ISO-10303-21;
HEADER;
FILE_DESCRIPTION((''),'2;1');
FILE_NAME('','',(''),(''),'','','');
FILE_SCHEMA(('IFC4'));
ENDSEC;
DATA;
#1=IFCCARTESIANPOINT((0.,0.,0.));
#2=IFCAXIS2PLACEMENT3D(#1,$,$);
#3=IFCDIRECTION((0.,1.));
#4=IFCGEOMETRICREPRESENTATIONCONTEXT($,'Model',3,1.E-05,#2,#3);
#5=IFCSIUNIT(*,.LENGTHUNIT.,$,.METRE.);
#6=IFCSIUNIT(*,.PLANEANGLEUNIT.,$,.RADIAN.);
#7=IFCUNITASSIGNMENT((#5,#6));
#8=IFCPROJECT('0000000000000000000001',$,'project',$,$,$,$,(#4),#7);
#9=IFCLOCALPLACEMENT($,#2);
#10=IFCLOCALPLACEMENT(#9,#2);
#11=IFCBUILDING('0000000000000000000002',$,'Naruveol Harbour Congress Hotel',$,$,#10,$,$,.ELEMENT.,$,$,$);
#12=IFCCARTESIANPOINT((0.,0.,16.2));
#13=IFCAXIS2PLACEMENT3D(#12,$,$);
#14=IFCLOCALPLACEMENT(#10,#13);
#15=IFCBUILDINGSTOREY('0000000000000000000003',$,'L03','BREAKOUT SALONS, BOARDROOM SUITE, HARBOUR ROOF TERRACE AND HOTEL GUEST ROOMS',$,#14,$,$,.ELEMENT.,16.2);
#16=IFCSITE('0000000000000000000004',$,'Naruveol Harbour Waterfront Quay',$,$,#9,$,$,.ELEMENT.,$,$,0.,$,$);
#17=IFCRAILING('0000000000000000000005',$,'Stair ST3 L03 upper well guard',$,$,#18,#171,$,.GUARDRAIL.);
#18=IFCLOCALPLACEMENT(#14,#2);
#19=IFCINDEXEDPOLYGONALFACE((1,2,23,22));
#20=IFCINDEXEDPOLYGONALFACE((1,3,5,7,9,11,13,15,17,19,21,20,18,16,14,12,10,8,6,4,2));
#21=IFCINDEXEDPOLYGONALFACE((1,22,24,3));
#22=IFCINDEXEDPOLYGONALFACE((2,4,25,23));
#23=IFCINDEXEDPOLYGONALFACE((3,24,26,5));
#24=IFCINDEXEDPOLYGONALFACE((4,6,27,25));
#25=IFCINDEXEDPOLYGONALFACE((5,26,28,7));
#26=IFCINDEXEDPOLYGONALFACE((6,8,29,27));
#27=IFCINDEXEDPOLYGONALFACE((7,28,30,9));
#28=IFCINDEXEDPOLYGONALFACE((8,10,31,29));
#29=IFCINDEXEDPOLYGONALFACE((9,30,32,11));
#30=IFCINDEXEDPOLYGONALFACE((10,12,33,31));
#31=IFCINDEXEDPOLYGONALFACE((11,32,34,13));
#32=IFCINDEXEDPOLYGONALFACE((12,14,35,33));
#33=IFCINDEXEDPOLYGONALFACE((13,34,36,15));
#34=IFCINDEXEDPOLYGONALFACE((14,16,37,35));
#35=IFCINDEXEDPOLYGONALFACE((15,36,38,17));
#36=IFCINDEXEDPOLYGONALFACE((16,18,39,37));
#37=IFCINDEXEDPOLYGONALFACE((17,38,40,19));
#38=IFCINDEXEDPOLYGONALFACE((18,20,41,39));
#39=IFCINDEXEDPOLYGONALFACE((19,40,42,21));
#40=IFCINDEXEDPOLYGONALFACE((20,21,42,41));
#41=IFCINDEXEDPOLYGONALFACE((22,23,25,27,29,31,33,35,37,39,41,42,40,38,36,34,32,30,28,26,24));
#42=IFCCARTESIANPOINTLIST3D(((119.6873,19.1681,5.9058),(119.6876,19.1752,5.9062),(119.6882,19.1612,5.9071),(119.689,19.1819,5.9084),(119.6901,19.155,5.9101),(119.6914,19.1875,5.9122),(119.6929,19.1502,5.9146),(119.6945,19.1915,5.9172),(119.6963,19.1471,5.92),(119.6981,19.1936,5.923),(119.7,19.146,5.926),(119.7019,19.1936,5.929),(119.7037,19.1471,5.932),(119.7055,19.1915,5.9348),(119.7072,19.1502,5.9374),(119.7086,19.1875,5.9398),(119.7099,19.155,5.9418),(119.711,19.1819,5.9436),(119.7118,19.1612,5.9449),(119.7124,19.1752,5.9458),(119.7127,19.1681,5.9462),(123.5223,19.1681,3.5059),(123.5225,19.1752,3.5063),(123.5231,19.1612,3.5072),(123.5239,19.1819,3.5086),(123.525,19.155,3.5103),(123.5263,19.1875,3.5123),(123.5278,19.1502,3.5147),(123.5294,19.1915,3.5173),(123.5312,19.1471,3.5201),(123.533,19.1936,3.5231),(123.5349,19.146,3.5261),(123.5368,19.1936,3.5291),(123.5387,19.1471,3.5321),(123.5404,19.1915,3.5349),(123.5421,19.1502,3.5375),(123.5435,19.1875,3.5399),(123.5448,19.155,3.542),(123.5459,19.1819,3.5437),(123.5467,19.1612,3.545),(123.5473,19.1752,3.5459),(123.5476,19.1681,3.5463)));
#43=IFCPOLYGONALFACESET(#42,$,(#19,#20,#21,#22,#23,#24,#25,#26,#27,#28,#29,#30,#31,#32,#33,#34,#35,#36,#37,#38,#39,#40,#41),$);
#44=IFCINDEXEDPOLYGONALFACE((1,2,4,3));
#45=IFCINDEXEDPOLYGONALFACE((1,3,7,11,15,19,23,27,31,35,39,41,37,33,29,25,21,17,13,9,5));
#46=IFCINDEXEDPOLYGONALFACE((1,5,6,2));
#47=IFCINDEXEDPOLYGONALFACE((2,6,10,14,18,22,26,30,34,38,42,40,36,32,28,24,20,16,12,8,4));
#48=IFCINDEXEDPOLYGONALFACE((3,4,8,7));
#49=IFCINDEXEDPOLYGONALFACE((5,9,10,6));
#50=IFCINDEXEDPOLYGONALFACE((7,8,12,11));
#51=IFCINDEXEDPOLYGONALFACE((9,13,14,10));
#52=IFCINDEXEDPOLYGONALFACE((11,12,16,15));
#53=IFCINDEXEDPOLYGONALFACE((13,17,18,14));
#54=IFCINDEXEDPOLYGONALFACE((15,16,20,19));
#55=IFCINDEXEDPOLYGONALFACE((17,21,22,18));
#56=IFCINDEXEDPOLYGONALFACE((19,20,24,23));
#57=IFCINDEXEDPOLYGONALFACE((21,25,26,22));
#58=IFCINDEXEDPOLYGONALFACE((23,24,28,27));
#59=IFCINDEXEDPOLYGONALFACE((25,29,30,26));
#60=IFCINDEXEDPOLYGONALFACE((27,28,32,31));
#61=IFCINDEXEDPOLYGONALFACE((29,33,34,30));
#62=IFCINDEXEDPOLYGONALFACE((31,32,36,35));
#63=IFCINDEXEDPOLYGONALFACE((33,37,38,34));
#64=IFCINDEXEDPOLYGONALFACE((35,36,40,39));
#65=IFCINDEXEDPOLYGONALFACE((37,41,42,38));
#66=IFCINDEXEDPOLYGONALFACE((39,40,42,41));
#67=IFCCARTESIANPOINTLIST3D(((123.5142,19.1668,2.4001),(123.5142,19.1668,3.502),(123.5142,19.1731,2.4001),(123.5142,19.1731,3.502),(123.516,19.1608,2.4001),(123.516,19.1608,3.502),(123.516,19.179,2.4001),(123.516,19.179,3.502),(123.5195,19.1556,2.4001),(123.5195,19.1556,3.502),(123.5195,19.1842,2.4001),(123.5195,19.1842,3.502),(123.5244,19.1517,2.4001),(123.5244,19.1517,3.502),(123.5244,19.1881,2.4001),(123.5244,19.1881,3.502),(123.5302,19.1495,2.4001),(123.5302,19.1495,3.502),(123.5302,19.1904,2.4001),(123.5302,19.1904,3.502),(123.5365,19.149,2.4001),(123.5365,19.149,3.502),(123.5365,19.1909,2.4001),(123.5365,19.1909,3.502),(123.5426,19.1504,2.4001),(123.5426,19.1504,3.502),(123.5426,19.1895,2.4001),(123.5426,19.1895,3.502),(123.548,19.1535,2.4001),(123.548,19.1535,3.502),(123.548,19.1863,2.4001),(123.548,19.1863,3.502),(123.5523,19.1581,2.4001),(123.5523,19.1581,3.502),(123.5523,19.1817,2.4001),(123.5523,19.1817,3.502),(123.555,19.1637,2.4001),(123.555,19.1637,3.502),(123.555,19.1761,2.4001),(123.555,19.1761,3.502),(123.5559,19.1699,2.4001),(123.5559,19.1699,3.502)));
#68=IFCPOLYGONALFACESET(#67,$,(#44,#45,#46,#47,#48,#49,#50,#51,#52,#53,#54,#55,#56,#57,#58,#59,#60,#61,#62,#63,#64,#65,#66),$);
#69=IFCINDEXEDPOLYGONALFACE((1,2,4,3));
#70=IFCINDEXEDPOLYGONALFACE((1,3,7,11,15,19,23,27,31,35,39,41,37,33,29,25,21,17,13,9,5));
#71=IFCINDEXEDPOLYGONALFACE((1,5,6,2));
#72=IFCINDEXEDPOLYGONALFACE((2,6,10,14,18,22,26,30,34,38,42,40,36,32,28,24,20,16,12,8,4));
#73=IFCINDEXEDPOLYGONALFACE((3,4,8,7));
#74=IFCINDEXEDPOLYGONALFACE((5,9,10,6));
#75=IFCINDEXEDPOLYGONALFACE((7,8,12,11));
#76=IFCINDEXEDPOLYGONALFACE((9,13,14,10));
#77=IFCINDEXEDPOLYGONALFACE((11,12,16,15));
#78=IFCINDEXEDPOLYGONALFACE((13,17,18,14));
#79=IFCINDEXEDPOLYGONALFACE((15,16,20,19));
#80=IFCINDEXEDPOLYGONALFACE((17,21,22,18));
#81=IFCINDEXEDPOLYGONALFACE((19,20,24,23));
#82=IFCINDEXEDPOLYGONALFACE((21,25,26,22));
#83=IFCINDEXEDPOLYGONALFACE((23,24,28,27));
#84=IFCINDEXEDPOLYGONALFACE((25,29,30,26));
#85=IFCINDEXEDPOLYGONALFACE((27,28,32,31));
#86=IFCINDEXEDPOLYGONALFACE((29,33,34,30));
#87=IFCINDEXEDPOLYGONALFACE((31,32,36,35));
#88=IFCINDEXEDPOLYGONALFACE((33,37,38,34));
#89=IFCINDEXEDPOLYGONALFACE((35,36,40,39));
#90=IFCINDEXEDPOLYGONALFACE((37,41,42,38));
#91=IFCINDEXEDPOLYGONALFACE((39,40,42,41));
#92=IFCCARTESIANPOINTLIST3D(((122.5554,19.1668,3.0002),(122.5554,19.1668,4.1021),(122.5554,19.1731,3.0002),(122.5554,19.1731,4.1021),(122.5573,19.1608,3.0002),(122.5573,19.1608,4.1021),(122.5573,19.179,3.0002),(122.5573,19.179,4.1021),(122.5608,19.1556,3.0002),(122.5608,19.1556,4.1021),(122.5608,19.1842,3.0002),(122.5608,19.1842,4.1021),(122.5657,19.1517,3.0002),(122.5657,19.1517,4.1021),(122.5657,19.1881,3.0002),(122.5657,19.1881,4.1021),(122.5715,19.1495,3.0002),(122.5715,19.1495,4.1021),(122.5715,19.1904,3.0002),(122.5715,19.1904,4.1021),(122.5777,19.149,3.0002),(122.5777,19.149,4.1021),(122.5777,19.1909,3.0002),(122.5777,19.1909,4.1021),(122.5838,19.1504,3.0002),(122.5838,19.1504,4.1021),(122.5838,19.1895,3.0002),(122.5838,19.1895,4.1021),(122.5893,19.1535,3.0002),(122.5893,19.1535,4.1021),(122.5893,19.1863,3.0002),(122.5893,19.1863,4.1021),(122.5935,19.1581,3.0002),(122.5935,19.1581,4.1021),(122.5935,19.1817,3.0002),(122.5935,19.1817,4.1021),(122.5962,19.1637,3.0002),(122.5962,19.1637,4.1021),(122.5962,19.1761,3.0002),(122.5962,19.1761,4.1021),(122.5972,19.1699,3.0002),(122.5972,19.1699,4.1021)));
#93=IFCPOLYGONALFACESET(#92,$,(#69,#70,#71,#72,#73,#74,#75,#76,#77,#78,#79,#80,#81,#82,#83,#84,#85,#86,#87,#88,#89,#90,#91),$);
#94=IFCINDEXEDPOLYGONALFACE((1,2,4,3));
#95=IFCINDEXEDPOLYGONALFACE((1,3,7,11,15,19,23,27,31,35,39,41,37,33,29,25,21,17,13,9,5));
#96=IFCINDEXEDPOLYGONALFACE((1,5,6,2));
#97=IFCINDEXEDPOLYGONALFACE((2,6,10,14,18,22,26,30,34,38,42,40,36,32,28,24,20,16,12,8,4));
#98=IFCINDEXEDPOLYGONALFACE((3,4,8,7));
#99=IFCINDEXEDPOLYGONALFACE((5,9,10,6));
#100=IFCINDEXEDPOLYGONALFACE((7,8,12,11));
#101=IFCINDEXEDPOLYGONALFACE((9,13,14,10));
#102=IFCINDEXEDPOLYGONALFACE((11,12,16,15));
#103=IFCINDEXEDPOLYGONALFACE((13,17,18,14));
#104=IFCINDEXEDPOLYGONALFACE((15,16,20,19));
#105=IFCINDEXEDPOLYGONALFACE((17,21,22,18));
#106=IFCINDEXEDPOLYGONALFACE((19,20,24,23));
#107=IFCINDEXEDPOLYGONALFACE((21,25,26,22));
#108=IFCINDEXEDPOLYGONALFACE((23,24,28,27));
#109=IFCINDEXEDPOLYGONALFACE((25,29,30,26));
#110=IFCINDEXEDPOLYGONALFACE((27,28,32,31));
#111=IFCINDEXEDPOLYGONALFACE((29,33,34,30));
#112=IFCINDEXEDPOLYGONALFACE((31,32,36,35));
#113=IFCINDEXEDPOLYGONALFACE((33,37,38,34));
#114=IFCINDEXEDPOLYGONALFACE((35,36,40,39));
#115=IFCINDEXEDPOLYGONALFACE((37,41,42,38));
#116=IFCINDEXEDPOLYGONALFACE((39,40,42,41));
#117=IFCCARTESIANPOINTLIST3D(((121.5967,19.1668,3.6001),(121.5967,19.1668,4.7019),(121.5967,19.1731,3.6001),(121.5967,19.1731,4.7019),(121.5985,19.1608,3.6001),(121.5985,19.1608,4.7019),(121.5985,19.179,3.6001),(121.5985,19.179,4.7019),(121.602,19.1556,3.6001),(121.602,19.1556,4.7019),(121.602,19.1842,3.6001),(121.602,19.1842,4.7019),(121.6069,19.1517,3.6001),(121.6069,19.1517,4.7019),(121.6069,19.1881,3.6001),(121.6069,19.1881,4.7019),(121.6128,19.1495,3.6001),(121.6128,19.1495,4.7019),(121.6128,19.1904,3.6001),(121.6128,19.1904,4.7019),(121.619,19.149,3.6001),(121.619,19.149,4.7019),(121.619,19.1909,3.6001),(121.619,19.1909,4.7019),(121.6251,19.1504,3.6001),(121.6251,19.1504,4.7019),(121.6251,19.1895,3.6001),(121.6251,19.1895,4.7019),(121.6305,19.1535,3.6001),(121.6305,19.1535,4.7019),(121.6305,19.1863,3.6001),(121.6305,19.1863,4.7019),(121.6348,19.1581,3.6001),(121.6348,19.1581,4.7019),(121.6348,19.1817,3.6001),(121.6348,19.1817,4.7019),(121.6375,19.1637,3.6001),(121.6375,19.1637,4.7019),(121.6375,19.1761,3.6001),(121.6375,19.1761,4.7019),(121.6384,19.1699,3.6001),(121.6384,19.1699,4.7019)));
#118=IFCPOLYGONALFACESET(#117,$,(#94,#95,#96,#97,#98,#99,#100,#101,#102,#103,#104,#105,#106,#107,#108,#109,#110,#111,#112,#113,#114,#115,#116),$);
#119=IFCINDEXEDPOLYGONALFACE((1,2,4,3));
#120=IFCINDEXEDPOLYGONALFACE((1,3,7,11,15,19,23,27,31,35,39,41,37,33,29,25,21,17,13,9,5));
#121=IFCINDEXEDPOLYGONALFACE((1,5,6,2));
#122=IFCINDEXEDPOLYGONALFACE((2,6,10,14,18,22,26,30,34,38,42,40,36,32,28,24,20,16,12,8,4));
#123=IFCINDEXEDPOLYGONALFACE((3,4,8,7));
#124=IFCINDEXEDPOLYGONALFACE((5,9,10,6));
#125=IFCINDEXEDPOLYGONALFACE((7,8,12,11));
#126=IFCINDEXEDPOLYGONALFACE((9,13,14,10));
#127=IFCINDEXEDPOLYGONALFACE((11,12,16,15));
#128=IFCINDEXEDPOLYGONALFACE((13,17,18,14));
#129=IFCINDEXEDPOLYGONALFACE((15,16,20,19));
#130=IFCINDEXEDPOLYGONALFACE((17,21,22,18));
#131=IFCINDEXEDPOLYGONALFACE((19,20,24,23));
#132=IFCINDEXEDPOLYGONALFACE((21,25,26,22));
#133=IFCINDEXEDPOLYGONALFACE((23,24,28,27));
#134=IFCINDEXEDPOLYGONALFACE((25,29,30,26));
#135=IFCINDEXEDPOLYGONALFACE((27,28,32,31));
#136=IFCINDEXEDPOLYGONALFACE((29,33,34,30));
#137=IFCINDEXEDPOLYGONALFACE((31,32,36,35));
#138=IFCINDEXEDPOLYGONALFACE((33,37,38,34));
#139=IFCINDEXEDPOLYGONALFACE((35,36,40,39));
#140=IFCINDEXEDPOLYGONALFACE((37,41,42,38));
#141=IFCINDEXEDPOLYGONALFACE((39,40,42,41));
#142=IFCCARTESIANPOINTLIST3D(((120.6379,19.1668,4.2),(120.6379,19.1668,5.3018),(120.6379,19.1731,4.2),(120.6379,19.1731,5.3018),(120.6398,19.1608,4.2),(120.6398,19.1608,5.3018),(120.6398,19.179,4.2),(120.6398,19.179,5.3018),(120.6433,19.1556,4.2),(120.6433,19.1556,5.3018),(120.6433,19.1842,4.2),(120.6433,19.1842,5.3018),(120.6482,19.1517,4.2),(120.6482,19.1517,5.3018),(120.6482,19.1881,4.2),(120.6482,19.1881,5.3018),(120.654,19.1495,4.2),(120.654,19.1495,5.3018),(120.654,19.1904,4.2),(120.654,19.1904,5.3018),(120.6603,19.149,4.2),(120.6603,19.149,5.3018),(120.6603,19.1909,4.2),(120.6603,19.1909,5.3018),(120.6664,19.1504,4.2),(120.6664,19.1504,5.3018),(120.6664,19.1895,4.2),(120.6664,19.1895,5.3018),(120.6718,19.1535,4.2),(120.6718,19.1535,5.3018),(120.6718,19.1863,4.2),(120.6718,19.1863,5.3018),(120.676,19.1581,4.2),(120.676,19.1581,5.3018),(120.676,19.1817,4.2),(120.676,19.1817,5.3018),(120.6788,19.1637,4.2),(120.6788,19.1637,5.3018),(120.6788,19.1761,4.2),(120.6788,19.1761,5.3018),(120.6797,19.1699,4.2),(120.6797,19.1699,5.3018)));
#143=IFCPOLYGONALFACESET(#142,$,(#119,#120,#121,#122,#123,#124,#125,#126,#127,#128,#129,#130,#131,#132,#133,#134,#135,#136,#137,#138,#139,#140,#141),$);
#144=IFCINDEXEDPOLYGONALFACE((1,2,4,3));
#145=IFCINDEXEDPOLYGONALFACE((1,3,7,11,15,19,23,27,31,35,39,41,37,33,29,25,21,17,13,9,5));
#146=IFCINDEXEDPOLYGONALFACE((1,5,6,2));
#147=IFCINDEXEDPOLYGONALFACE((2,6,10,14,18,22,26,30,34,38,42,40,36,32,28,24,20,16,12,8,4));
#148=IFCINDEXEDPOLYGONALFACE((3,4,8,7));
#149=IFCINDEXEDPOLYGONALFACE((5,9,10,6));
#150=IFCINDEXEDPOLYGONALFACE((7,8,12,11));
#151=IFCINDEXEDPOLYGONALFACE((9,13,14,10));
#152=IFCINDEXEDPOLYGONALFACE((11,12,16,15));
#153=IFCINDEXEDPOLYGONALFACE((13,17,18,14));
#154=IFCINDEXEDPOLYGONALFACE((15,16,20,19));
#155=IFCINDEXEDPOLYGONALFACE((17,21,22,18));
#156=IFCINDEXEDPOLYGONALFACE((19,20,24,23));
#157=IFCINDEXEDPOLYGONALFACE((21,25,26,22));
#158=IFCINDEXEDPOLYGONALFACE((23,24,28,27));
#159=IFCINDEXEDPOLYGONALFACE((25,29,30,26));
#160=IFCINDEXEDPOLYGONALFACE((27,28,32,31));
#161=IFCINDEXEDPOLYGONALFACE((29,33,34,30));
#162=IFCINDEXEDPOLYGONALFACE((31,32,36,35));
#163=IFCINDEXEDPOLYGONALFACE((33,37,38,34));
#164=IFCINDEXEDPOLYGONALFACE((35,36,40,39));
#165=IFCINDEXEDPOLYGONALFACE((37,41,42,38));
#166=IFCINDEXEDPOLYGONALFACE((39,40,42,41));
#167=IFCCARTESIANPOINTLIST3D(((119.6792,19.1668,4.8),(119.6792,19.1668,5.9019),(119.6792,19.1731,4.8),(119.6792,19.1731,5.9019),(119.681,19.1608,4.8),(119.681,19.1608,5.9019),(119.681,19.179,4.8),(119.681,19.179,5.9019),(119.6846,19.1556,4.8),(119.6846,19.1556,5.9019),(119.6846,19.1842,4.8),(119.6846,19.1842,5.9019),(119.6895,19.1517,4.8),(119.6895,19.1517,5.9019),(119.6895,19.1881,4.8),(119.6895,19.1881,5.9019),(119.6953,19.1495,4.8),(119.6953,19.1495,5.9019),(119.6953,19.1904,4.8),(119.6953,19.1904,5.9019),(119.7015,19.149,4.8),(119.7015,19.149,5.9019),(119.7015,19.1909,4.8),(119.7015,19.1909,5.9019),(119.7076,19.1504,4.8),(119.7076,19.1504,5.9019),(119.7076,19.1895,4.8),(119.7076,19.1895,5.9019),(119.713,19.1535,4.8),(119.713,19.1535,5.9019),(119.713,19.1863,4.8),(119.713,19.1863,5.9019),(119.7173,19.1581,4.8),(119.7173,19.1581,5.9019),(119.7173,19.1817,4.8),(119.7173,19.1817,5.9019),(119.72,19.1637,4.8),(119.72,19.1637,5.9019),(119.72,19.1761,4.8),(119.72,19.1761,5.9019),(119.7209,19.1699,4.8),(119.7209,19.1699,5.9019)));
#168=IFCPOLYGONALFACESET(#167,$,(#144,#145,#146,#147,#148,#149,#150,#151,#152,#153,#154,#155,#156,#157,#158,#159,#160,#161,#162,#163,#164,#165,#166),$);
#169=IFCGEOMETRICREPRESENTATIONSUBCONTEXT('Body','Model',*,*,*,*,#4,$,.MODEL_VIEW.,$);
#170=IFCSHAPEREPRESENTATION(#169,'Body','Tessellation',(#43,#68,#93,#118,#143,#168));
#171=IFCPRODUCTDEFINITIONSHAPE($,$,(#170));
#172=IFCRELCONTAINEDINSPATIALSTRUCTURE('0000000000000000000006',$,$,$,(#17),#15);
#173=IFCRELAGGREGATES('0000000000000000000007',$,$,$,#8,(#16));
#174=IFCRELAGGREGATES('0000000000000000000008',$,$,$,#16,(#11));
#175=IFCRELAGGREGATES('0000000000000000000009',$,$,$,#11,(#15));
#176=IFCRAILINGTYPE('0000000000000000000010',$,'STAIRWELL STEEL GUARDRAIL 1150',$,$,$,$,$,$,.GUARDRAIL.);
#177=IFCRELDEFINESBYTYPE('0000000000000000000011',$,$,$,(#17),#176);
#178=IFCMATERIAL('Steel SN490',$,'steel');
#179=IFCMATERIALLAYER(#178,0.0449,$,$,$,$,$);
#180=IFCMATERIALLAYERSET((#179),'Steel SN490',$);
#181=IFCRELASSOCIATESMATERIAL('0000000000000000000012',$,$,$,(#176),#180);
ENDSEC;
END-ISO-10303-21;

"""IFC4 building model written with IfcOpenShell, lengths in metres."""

from ifc_helpers import new_model, si_unit, direction, frame, origin, origin_2d, place, context, subcontext, project, spatial, circle, extrude, material, layer, layer_set, type_object, element, save


model = new_model("IFC4")

# Units and contexts
model_context = context("Model", 3, precision=1e-05, world=origin(), true_north=direction((0.0, 1.0)))
body_context = subcontext(model_context, "Body", "Model", "MODEL_VIEW")
ifc_project = project(units=[si_unit("LENGTHUNIT", "METRE"), si_unit("PLANEANGLEUNIT", "RADIAN")], contexts=[model_context])

# Site, building, storey
site_placement = place(None, origin())
site = spatial("IfcSite", under=ifc_project, at=site_placement, Name="Naruveol Harbour Waterfront Quay", CompositionType="ELEMENT", RefElevation=0.0)
building_placement = place(site_placement, origin())
building = spatial("IfcBuilding", under=site, at=building_placement, Name="Naruveol Harbour Congress Hotel", CompositionType="ELEMENT")
storey_placement = place(building_placement, frame((0.0, 0.0, 16.2)))
storey = spatial("IfcBuildingStorey", under=building, at=storey_placement, Name="L03", Description="BREAKOUT SALONS, BOARDROOM SUITE, HARBOUR ROOF TERRACE AND HOTEL GUEST ROOMS", CompositionType="ELEMENT", Elevation=16.2)

# Railing
ifc_material_1 = material(Name="Steel SN490", Category="steel")
ifc_layer_1 = layer(ifc_material_1, 0.0449)
ifc_layer_set_1 = layer_set([ifc_layer_1], Name="Steel SN490")
railing_type_1 = type_object("IfcRailingType", Name="STAIRWELL STEEL GUARDRAIL 1150", PredefinedType="GUARDRAIL", material=ifc_layer_set_1)
railing_1_placement = place(storey_placement, frame((123.5349, 19.1699, 2.4001)))
element("IfcRailing", 1, at=railing_1_placement, inside=storey, type_object=railing_type_1, Name="Stair ST3 L03 upper well guard", PredefinedType="GUARDRAIL", context=body_context, shape_type="SweptSolid", body=[
    extrude(circle(Radius=0.0239, at=origin_2d()), frame((0.0, 0.0, 1.126), z_axis=(-0.847695, 0.0, 0.530484), x_axis=(0.0, -1.0, 0.0)), (0.0, 0.0, 1.0), 4.5239),
    extrude(circle(Radius=0.021, at=origin_2d()), origin(), (0.0, 0.0, 1.0), 1.1018),
    extrude(circle(Radius=0.021, at=origin_2d()), frame((-0.9587, 0.0, 0.6001)), (0.0, 0.0, 1.0), 1.1018),
    extrude(circle(Radius=0.021, at=origin_2d()), frame((-1.9175, 0.0, 1.2)), (0.0, 0.0, 1.0), 1.1018),
    extrude(circle(Radius=0.021, at=origin_2d()), frame((-2.8762, 0.0, 1.7998)), (0.0, 0.0, 1.0), 1.1018),
    extrude(circle(Radius=0.021, at=origin_2d()), frame((-3.835, 0.0, 2.3999)), (0.0, 0.0, 1.0), 1.1018),
])

save(model, "model.ifc")
